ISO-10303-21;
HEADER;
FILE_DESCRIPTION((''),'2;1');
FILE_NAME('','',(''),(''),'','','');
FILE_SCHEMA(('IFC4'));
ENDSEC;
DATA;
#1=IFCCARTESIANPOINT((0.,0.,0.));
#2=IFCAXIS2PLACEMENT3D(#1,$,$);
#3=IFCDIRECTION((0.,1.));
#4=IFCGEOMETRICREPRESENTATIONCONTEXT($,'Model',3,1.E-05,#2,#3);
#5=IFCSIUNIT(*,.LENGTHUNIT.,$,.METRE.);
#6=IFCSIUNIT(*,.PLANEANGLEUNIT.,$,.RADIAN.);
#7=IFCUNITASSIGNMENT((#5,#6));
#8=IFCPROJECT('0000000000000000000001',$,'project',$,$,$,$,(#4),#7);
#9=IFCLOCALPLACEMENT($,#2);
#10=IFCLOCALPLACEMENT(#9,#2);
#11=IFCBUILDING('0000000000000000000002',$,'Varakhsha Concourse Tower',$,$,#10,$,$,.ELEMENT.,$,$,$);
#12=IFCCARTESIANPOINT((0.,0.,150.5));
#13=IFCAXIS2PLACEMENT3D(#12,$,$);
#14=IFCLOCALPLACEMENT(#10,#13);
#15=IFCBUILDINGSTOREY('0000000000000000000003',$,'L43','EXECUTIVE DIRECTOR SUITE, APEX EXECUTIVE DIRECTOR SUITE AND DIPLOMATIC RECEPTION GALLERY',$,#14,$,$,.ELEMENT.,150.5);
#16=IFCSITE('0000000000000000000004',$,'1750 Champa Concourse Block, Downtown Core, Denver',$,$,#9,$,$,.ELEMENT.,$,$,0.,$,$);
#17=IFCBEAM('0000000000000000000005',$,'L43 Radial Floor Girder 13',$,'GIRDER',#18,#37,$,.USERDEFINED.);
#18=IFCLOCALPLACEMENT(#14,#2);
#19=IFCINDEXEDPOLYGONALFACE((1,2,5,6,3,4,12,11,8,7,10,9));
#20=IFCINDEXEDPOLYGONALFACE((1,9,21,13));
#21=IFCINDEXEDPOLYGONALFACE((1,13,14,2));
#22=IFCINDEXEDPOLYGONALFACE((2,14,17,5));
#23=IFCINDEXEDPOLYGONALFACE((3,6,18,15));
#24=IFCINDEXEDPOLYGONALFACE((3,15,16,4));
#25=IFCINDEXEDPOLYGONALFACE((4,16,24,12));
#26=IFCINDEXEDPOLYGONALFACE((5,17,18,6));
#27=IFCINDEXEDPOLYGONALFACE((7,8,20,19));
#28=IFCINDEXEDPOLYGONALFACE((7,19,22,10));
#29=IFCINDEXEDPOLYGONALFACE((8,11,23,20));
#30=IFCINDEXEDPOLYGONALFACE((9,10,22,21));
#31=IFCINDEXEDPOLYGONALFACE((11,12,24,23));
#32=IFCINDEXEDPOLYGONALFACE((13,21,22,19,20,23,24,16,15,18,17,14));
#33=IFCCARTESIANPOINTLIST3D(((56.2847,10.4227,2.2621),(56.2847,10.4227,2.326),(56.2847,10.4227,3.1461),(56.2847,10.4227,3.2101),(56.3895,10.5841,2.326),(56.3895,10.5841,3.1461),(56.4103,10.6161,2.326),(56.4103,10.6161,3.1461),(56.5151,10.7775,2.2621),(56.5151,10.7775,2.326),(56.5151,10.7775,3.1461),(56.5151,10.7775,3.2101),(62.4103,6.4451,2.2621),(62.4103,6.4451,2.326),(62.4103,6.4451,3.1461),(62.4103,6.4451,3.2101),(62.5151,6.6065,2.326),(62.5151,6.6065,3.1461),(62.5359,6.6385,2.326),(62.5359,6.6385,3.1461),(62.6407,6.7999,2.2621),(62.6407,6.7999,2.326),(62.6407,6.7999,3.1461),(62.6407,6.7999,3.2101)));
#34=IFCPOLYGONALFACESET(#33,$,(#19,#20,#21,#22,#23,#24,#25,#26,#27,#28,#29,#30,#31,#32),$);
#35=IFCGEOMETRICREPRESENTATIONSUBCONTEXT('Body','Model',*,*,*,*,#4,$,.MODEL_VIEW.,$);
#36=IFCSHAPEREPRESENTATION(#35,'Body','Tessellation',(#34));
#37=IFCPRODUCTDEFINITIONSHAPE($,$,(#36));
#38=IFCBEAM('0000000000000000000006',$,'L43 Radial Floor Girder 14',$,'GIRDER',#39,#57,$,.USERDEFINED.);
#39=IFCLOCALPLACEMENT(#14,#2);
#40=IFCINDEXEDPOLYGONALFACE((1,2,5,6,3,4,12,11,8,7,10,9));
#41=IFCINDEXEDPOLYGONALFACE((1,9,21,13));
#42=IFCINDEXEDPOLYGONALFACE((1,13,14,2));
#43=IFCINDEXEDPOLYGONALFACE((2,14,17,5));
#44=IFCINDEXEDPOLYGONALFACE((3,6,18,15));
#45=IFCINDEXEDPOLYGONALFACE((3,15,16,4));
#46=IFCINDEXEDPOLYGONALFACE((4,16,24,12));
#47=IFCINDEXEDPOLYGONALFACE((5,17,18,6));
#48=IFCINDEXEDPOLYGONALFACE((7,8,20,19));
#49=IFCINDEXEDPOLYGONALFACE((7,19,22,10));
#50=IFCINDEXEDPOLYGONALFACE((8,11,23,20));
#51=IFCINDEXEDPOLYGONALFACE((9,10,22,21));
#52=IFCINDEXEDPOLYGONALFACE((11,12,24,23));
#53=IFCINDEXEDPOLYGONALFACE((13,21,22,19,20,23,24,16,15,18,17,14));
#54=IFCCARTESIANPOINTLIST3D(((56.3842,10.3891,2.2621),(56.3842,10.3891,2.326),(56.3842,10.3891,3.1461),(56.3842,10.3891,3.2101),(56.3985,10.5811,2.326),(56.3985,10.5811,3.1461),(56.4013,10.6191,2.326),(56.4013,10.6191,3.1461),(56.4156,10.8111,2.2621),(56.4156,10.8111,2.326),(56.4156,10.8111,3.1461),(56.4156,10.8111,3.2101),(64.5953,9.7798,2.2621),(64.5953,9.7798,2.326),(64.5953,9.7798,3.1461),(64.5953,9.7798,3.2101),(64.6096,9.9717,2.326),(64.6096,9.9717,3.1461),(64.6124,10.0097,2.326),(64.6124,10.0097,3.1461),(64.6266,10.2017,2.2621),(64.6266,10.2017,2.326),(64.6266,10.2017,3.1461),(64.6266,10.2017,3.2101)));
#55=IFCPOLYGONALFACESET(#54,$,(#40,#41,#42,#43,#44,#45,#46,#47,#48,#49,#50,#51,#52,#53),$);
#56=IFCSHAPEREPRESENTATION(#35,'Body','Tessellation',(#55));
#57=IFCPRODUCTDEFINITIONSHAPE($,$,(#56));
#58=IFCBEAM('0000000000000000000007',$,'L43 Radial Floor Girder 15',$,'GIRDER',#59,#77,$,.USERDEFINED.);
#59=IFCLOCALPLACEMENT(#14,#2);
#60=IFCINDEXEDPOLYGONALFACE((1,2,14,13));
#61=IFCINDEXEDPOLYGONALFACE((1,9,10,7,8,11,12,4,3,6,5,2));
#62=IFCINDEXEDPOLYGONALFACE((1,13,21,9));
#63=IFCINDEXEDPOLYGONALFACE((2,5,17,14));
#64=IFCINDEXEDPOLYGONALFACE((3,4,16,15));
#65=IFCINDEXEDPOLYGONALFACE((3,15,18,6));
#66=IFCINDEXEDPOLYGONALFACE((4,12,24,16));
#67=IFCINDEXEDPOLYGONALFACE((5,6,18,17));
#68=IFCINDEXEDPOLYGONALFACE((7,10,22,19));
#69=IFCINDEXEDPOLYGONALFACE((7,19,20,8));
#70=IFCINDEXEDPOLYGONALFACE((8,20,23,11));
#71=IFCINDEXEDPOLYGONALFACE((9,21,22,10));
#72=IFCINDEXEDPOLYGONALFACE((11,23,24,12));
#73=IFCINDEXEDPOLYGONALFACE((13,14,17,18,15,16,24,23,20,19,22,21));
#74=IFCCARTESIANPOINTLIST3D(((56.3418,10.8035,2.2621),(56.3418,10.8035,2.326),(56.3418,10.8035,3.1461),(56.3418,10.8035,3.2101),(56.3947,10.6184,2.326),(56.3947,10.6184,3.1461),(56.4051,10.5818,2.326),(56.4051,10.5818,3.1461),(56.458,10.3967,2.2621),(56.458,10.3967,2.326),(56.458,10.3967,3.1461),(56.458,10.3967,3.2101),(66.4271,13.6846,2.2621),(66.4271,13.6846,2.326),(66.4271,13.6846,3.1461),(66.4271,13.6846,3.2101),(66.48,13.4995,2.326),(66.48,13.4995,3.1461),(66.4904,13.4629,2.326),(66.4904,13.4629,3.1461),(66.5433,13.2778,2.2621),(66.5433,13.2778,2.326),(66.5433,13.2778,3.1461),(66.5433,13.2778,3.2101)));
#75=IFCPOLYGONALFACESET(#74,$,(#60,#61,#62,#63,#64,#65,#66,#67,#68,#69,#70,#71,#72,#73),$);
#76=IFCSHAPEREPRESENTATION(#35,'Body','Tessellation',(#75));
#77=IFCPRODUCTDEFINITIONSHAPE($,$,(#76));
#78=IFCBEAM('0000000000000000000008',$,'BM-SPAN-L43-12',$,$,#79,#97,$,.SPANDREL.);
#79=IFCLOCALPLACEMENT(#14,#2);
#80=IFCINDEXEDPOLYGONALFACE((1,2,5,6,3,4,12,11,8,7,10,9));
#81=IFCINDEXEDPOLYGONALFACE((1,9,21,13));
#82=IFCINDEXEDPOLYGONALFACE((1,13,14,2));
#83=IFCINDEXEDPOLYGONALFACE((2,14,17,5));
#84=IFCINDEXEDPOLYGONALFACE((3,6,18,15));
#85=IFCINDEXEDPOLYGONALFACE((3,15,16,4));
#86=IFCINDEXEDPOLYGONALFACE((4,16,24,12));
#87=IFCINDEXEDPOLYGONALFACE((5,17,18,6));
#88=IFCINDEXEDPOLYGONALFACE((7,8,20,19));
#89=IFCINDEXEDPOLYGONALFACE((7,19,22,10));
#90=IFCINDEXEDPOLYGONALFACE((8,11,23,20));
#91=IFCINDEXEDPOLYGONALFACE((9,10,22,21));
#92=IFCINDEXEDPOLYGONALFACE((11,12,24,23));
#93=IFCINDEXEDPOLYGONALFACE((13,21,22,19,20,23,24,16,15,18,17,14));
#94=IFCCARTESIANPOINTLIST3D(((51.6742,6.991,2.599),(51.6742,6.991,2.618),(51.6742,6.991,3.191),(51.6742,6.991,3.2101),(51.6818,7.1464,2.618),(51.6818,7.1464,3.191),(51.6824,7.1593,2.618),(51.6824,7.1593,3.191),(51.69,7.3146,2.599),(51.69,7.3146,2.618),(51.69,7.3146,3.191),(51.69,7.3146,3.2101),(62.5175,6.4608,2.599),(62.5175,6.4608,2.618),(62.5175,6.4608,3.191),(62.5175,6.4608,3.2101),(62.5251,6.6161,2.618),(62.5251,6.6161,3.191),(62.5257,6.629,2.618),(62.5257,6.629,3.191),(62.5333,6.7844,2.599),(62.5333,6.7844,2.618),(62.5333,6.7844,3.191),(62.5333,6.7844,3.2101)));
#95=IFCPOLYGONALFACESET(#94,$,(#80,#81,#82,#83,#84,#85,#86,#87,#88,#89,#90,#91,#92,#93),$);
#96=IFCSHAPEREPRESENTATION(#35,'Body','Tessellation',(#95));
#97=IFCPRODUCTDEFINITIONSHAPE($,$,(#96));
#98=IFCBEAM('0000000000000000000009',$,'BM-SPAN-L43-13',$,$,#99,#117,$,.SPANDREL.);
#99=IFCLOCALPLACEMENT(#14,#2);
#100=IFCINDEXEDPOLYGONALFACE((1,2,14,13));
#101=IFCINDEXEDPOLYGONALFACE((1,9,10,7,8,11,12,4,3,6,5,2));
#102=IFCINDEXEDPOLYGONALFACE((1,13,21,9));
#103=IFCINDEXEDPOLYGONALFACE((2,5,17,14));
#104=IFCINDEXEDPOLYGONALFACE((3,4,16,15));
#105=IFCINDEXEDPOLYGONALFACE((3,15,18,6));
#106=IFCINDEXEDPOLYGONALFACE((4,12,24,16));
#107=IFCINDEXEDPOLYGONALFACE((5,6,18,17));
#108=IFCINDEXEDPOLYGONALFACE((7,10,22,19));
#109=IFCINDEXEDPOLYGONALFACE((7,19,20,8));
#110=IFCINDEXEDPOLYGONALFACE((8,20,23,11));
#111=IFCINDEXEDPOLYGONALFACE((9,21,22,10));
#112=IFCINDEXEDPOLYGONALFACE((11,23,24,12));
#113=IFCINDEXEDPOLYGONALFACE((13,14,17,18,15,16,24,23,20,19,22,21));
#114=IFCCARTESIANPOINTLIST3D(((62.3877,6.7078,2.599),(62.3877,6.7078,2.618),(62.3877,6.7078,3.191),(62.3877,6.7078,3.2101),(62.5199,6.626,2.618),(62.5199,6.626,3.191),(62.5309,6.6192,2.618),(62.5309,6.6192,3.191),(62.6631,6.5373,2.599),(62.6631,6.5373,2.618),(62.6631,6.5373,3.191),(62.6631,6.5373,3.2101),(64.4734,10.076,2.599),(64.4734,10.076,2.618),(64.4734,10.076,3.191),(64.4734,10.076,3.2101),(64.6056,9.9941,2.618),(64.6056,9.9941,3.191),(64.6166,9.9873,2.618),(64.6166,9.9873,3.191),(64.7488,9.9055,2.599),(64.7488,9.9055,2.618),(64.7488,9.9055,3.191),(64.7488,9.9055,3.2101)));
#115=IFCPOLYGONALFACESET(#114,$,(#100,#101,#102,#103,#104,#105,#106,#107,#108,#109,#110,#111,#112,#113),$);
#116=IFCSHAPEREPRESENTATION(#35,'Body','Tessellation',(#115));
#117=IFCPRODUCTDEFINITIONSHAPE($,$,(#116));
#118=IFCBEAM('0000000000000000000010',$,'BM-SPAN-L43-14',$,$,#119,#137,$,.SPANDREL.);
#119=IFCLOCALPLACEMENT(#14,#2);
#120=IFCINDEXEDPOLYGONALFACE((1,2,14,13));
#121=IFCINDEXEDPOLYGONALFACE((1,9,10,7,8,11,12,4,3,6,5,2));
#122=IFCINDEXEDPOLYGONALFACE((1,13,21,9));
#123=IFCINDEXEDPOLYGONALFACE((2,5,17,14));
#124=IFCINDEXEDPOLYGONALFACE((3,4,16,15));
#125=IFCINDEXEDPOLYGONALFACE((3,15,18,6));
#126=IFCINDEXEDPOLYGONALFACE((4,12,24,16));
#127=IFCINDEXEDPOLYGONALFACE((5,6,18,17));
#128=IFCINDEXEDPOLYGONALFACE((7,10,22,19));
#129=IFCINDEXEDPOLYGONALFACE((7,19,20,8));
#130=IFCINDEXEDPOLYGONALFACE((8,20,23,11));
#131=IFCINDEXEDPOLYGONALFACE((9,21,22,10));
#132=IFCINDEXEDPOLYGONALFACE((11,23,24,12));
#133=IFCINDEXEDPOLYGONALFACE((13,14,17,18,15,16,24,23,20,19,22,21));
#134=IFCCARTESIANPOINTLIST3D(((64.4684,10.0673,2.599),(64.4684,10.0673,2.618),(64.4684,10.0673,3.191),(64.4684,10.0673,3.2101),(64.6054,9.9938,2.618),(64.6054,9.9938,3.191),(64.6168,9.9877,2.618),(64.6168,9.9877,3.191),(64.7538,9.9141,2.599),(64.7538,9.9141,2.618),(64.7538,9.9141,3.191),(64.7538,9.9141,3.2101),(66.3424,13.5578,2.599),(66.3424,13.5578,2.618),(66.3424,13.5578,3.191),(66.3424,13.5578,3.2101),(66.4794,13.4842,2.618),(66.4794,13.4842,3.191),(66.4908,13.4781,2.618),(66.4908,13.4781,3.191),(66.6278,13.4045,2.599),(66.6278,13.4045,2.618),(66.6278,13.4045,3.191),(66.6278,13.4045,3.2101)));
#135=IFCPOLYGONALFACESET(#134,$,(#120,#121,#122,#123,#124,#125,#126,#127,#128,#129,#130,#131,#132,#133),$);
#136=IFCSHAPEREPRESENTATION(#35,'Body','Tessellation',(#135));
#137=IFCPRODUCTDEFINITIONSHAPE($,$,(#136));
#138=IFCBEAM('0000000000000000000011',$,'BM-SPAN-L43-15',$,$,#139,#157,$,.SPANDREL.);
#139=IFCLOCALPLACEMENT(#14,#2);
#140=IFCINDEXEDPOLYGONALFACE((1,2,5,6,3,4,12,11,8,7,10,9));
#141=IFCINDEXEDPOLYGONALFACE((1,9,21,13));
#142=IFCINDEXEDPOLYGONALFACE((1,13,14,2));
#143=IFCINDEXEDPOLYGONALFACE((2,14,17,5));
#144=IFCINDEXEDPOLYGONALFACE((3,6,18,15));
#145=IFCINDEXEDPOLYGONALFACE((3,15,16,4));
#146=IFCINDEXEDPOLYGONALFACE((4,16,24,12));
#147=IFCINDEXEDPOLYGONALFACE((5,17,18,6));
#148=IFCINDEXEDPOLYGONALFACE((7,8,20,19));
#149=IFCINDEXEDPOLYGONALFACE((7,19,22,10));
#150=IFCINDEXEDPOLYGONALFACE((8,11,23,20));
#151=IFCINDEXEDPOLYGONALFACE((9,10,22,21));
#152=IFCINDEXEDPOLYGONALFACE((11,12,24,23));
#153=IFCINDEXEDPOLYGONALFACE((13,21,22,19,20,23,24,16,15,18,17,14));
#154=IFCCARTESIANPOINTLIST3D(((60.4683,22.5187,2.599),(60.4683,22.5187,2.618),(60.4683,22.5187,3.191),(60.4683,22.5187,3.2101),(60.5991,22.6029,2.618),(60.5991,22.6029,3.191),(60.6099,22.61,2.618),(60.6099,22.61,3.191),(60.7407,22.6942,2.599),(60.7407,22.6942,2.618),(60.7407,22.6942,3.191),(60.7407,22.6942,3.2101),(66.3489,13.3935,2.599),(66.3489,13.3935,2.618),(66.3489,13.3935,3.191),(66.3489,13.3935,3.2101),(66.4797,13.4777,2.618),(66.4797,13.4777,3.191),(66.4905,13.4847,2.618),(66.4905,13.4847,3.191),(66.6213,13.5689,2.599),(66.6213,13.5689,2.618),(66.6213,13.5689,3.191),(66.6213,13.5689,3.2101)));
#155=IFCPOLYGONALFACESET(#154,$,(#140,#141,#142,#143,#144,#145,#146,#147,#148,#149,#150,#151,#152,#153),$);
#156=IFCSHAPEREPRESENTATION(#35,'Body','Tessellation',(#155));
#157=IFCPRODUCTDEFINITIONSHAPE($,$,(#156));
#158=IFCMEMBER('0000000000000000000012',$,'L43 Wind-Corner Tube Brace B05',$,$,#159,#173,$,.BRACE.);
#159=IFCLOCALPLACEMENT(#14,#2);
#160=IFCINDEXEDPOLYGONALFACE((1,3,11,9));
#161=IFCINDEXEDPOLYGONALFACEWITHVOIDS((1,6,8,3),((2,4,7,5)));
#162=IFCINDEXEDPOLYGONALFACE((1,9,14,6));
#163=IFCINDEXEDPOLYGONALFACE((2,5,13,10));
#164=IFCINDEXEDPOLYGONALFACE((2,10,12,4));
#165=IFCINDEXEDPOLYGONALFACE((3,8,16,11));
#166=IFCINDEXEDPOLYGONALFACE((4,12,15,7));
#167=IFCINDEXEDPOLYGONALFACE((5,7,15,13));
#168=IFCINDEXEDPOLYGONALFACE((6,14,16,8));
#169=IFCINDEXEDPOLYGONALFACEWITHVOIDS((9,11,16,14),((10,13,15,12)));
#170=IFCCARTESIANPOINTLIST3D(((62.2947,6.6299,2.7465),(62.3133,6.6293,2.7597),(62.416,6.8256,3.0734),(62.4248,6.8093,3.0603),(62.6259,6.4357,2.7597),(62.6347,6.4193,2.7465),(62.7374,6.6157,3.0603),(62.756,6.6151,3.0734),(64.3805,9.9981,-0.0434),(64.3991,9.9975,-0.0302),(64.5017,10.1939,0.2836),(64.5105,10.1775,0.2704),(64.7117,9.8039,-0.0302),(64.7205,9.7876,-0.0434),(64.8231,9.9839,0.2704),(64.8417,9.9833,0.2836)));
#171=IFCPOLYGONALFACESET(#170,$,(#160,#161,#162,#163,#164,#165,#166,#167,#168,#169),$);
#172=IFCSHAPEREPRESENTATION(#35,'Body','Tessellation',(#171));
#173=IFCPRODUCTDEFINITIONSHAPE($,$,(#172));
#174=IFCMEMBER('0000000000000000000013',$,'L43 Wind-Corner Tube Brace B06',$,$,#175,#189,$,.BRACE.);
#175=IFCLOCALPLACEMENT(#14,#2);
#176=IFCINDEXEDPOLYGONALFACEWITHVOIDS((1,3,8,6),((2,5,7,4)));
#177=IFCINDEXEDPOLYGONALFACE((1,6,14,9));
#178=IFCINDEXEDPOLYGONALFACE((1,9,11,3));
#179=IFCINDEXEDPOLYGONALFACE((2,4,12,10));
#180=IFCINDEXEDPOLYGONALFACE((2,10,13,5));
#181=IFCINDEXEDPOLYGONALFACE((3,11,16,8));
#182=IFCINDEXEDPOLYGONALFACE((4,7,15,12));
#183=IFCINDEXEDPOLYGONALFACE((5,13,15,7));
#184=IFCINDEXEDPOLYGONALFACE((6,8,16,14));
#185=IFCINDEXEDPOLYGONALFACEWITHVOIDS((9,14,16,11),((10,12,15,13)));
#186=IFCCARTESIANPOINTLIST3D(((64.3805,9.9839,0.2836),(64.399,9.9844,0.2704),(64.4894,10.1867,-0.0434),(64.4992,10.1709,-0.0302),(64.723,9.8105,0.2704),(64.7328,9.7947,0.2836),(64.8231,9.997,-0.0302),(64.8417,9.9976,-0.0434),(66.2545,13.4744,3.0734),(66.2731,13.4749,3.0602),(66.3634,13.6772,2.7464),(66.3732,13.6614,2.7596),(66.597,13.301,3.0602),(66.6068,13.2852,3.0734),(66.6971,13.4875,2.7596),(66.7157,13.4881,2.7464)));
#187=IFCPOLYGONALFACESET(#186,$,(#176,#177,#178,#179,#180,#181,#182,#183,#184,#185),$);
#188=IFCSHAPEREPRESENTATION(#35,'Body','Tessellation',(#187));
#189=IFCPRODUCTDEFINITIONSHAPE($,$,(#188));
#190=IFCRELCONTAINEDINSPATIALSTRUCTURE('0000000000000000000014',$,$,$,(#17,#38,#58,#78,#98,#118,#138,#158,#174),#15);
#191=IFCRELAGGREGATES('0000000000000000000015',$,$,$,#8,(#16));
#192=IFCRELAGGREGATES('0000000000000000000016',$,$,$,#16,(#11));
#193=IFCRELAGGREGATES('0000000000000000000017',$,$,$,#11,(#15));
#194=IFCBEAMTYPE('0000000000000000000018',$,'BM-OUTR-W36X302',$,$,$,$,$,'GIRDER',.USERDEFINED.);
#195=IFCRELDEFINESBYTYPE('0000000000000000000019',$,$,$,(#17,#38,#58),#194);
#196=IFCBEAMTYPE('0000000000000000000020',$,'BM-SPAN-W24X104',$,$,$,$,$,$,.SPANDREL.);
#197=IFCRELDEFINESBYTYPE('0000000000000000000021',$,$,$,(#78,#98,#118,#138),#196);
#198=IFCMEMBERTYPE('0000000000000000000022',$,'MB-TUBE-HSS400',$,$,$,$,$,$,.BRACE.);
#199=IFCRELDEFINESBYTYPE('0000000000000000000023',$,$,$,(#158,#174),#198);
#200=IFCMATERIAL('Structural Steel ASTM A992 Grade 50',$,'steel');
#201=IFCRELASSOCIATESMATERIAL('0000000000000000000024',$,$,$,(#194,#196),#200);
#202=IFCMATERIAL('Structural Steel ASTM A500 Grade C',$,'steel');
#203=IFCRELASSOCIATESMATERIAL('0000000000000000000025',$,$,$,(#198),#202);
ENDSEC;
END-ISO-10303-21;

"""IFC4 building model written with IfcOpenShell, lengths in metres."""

from ifc_helpers import new_model, si_unit, direction, frame, origin, origin_2d, place, context, subcontext, project, spatial, hollow_rectangle, i_section, extrude, source, transform, mapped, material, material_profile, profile_set, type_object, type_shapes, element, save


model = new_model("IFC4")

# Units and contexts
model_context = context("Model", 3, precision=1e-05, world=origin(), true_north=direction((0.0, 1.0)))
body_context = subcontext(model_context, "Body", "Model", "MODEL_VIEW")
ifc_project = project(units=[si_unit("LENGTHUNIT", "METRE"), si_unit("PLANEANGLEUNIT", "RADIAN")], contexts=[model_context])

# Site, building, storey
site_placement = place(None, origin())
site = spatial("IfcSite", under=ifc_project, at=site_placement, Name="1750 Champa Concourse Block, Downtown Core, Denver", CompositionType="ELEMENT", RefElevation=0.0)
building_placement = place(site_placement, origin())
building = spatial("IfcBuilding", under=site, at=building_placement, Name="Varakhsha Concourse Tower", CompositionType="ELEMENT")
storey_placement = place(building_placement, frame((0.0, 0.0, 150.5)))
storey = spatial("IfcBuildingStorey", under=building, at=storey_placement, Name="L43", Description="EXECUTIVE DIRECTOR SUITE, APEX EXECUTIVE DIRECTOR SUITE AND DIPLOMATIC RECEPTION GALLERY", CompositionType="ELEMENT", Elevation=150.5)

# Shared definitions
ifc_material_1 = material(Name="Structural Steel ASTM A992 Grade 50", Category="steel")

# Beams
ifc_material_profile_1 = material_profile(ifc_material_1, i_section(OverallWidth=0.4231, OverallDepth=0.948, WebThickness=0.0381, FlangeThickness=0.064, at=origin_2d()), Name="W36X302")
ifc_profile_set_1 = profile_set([ifc_material_profile_1], Name="Structural Steel ASTM A992 Grade 50")
beam_type_1 = type_object("IfcBeamType", Name="BM-OUTR-W36X302", ElementType="GIRDER", PredefinedType="USERDEFINED", material=ifc_profile_set_1)
beam_1_placement = place(storey_placement, frame((56.3999, 10.6001, 2.7361), z_axis=(0.838696, -0.544601, 0.0), x_axis=(0.544601, 0.838696, 0.0)))
element("IfcBeam", 1, at=beam_1_placement, inside=storey, type_object=beam_type_1, Name="L43 Radial Floor Girder 13", ObjectType="GIRDER", PredefinedType="USERDEFINED", context=body_context, shape_type="SweptSolid", body=[
    extrude(i_section(OverallWidth=0.4231, OverallDepth=0.948, WebThickness=0.0381, FlangeThickness=0.064, at=origin_2d()), origin(), (0.0, 0.0, 1.0), 7.3037),
])
beam_2_placement = place(storey_placement, frame((56.3999, 10.6001, 2.7361), z_axis=(0.997258, -0.074009, 0.0), x_axis=(0.074009, 0.997258, 0.0)))
element("IfcBeam", 2, at=beam_2_placement, inside=storey, type_object=beam_type_1, Name="L43 Radial Floor Girder 14", ObjectType="GIRDER", PredefinedType="USERDEFINED", context=body_context, shape_type="SweptSolid", body=[
    extrude(i_section(OverallWidth=0.4231, OverallDepth=0.948, WebThickness=0.0381, FlangeThickness=0.064, at=origin_2d()), origin(), (0.0, 0.0, 1.0), 8.2336),
])
beam_3_placement = place(storey_placement, frame((56.3999, 10.6001, 2.7361), z_axis=(0.961534, 0.274687, 0.0), x_axis=(-0.274687, 0.961534, 0.0)))
element("IfcBeam", 3, at=beam_3_placement, inside=storey, type_object=beam_type_1, Name="L43 Radial Floor Girder 15", ObjectType="GIRDER", PredefinedType="USERDEFINED", context=body_context, shape_type="SweptSolid", body=[
    extrude(i_section(OverallWidth=0.4231, OverallDepth=0.948, WebThickness=0.0381, FlangeThickness=0.064, at=origin_2d()), origin(), (0.0, 0.0, 1.0), 10.4888),
])
ifc_material_profile_2 = material_profile(ifc_material_1, i_section(OverallWidth=0.324, OverallDepth=0.6111, WebThickness=0.0129, FlangeThickness=0.019, at=origin_2d()), Name="W24X104")
ifc_profile_set_2 = profile_set([ifc_material_profile_2], Name="Structural Steel ASTM A992 Grade 50")
beam_type_2 = type_object("IfcBeamType", Name="BM-SPAN-W24X104", PredefinedType="SPANDREL", material=ifc_profile_set_2)
beam_4_placement = place(storey_placement, frame((51.6821, 7.1528, 2.9045), z_axis=(0.998806, -0.048845, 0.0), x_axis=(0.048845, 0.998806, 0.0)))
element("IfcBeam", 4, at=beam_4_placement, inside=storey, type_object=beam_type_2, Name="BM-SPAN-L43-12", PredefinedType="SPANDREL", context=body_context, shape_type="SweptSolid", body=[
    extrude(i_section(OverallWidth=0.324, OverallDepth=0.6111, WebThickness=0.0129, FlangeThickness=0.019, at=origin_2d()), origin(), (0.0, 0.0, 1.0), 10.8562),
])
for number, where, z_axis, x_axis, name in (
    (5, (62.5254, 6.6226, 2.9045), (0.526471, 0.850193, 0.0), (-0.850193, 0.526471, 0.0), "BM-SPAN-L43-13"),
    (6, (64.6111, 9.9907, 2.9045), (0.47303, 0.881046, 0.0), (-0.881046, 0.47303, 0.0), "BM-SPAN-L43-14"),
):
    element("IfcBeam", number, at=place(storey_placement, frame(where, z_axis=z_axis, x_axis=x_axis)), inside=storey, type_object=beam_type_2, Name=name, PredefinedType="SPANDREL", context=body_context, shape_type="SweptSolid", body=[
        extrude(i_section(OverallWidth=0.324, OverallDepth=0.6111, WebThickness=0.0129, FlangeThickness=0.019, at=origin_2d()), origin(), (0.0, 0.0, 1.0), 3.9617),
    ])
beam_5_placement = place(storey_placement, frame((66.4851, 13.4812, 2.9045), z_axis=(-0.541695, 0.840575, 0.0), x_axis=(-0.840575, -0.541695, 0.0)))
element("IfcBeam", 7, at=beam_5_placement, inside=storey, type_object=beam_type_2, Name="BM-SPAN-L43-15", PredefinedType="SPANDREL", context=body_context, shape_type="SweptSolid", body=[
    extrude(i_section(OverallWidth=0.324, OverallDepth=0.6111, WebThickness=0.0129, FlangeThickness=0.019, at=origin_2d()), origin(), (0.0, 0.0, 1.0), 10.856),
])

# Members
ifc_material_2 = material(Name="Structural Steel ASTM A500 Grade C", Category="steel")
ifc_material_profile_3 = material_profile(ifc_material_2, hollow_rectangle(XDim=0.3999, YDim=0.3999, WallThickness=0.0161, at=origin_2d()), Name="HSS 400x400x16")
ifc_profile_set_3 = profile_set([ifc_material_profile_3], Name="Structural Steel ASTM A500 Grade C")
member_type_1 = type_object("IfcMemberType", Name="MB-TUBE-HSS400", PredefinedType="BRACE", material=ifc_profile_set_3)
shared_shape_1 = source(origin(), body_context, "Body", "SweptSolid", [
    extrude(hollow_rectangle(XDim=0.3999, YDim=0.3999, WallThickness=0.0161, at=origin_2d()), origin(), (0.0, 0.0, 1.0), 4.8455),
])
type_shapes(member_type_1, [shared_shape_1])
for number, where, z_axis, x_axis, name in (
    (8, (64.6111, 9.9907, 0.1201), (-0.430451, -0.695131, 0.575765), (0.850193, -0.526471, 0.0), "L43 Wind-Corner Tube Brace B05"),
    (9, (64.6111, 9.9907, 0.1201), (0.38676, 0.720362, 0.575756), (-0.881046, 0.47303, 0.0), "L43 Wind-Corner Tube Brace B06"),
):
    element("IfcMember", number, at=place(storey_placement, frame(where, z_axis=z_axis, x_axis=x_axis)), inside=storey, type_object=member_type_1, Name=name, PredefinedType="BRACE", context=body_context, shape_type="MappedRepresentation", body=[
        mapped(shared_shape_1, transform((0.0, 0.0, 0.0), scale=1.0)),
    ])

save(model, "model.ifc")
